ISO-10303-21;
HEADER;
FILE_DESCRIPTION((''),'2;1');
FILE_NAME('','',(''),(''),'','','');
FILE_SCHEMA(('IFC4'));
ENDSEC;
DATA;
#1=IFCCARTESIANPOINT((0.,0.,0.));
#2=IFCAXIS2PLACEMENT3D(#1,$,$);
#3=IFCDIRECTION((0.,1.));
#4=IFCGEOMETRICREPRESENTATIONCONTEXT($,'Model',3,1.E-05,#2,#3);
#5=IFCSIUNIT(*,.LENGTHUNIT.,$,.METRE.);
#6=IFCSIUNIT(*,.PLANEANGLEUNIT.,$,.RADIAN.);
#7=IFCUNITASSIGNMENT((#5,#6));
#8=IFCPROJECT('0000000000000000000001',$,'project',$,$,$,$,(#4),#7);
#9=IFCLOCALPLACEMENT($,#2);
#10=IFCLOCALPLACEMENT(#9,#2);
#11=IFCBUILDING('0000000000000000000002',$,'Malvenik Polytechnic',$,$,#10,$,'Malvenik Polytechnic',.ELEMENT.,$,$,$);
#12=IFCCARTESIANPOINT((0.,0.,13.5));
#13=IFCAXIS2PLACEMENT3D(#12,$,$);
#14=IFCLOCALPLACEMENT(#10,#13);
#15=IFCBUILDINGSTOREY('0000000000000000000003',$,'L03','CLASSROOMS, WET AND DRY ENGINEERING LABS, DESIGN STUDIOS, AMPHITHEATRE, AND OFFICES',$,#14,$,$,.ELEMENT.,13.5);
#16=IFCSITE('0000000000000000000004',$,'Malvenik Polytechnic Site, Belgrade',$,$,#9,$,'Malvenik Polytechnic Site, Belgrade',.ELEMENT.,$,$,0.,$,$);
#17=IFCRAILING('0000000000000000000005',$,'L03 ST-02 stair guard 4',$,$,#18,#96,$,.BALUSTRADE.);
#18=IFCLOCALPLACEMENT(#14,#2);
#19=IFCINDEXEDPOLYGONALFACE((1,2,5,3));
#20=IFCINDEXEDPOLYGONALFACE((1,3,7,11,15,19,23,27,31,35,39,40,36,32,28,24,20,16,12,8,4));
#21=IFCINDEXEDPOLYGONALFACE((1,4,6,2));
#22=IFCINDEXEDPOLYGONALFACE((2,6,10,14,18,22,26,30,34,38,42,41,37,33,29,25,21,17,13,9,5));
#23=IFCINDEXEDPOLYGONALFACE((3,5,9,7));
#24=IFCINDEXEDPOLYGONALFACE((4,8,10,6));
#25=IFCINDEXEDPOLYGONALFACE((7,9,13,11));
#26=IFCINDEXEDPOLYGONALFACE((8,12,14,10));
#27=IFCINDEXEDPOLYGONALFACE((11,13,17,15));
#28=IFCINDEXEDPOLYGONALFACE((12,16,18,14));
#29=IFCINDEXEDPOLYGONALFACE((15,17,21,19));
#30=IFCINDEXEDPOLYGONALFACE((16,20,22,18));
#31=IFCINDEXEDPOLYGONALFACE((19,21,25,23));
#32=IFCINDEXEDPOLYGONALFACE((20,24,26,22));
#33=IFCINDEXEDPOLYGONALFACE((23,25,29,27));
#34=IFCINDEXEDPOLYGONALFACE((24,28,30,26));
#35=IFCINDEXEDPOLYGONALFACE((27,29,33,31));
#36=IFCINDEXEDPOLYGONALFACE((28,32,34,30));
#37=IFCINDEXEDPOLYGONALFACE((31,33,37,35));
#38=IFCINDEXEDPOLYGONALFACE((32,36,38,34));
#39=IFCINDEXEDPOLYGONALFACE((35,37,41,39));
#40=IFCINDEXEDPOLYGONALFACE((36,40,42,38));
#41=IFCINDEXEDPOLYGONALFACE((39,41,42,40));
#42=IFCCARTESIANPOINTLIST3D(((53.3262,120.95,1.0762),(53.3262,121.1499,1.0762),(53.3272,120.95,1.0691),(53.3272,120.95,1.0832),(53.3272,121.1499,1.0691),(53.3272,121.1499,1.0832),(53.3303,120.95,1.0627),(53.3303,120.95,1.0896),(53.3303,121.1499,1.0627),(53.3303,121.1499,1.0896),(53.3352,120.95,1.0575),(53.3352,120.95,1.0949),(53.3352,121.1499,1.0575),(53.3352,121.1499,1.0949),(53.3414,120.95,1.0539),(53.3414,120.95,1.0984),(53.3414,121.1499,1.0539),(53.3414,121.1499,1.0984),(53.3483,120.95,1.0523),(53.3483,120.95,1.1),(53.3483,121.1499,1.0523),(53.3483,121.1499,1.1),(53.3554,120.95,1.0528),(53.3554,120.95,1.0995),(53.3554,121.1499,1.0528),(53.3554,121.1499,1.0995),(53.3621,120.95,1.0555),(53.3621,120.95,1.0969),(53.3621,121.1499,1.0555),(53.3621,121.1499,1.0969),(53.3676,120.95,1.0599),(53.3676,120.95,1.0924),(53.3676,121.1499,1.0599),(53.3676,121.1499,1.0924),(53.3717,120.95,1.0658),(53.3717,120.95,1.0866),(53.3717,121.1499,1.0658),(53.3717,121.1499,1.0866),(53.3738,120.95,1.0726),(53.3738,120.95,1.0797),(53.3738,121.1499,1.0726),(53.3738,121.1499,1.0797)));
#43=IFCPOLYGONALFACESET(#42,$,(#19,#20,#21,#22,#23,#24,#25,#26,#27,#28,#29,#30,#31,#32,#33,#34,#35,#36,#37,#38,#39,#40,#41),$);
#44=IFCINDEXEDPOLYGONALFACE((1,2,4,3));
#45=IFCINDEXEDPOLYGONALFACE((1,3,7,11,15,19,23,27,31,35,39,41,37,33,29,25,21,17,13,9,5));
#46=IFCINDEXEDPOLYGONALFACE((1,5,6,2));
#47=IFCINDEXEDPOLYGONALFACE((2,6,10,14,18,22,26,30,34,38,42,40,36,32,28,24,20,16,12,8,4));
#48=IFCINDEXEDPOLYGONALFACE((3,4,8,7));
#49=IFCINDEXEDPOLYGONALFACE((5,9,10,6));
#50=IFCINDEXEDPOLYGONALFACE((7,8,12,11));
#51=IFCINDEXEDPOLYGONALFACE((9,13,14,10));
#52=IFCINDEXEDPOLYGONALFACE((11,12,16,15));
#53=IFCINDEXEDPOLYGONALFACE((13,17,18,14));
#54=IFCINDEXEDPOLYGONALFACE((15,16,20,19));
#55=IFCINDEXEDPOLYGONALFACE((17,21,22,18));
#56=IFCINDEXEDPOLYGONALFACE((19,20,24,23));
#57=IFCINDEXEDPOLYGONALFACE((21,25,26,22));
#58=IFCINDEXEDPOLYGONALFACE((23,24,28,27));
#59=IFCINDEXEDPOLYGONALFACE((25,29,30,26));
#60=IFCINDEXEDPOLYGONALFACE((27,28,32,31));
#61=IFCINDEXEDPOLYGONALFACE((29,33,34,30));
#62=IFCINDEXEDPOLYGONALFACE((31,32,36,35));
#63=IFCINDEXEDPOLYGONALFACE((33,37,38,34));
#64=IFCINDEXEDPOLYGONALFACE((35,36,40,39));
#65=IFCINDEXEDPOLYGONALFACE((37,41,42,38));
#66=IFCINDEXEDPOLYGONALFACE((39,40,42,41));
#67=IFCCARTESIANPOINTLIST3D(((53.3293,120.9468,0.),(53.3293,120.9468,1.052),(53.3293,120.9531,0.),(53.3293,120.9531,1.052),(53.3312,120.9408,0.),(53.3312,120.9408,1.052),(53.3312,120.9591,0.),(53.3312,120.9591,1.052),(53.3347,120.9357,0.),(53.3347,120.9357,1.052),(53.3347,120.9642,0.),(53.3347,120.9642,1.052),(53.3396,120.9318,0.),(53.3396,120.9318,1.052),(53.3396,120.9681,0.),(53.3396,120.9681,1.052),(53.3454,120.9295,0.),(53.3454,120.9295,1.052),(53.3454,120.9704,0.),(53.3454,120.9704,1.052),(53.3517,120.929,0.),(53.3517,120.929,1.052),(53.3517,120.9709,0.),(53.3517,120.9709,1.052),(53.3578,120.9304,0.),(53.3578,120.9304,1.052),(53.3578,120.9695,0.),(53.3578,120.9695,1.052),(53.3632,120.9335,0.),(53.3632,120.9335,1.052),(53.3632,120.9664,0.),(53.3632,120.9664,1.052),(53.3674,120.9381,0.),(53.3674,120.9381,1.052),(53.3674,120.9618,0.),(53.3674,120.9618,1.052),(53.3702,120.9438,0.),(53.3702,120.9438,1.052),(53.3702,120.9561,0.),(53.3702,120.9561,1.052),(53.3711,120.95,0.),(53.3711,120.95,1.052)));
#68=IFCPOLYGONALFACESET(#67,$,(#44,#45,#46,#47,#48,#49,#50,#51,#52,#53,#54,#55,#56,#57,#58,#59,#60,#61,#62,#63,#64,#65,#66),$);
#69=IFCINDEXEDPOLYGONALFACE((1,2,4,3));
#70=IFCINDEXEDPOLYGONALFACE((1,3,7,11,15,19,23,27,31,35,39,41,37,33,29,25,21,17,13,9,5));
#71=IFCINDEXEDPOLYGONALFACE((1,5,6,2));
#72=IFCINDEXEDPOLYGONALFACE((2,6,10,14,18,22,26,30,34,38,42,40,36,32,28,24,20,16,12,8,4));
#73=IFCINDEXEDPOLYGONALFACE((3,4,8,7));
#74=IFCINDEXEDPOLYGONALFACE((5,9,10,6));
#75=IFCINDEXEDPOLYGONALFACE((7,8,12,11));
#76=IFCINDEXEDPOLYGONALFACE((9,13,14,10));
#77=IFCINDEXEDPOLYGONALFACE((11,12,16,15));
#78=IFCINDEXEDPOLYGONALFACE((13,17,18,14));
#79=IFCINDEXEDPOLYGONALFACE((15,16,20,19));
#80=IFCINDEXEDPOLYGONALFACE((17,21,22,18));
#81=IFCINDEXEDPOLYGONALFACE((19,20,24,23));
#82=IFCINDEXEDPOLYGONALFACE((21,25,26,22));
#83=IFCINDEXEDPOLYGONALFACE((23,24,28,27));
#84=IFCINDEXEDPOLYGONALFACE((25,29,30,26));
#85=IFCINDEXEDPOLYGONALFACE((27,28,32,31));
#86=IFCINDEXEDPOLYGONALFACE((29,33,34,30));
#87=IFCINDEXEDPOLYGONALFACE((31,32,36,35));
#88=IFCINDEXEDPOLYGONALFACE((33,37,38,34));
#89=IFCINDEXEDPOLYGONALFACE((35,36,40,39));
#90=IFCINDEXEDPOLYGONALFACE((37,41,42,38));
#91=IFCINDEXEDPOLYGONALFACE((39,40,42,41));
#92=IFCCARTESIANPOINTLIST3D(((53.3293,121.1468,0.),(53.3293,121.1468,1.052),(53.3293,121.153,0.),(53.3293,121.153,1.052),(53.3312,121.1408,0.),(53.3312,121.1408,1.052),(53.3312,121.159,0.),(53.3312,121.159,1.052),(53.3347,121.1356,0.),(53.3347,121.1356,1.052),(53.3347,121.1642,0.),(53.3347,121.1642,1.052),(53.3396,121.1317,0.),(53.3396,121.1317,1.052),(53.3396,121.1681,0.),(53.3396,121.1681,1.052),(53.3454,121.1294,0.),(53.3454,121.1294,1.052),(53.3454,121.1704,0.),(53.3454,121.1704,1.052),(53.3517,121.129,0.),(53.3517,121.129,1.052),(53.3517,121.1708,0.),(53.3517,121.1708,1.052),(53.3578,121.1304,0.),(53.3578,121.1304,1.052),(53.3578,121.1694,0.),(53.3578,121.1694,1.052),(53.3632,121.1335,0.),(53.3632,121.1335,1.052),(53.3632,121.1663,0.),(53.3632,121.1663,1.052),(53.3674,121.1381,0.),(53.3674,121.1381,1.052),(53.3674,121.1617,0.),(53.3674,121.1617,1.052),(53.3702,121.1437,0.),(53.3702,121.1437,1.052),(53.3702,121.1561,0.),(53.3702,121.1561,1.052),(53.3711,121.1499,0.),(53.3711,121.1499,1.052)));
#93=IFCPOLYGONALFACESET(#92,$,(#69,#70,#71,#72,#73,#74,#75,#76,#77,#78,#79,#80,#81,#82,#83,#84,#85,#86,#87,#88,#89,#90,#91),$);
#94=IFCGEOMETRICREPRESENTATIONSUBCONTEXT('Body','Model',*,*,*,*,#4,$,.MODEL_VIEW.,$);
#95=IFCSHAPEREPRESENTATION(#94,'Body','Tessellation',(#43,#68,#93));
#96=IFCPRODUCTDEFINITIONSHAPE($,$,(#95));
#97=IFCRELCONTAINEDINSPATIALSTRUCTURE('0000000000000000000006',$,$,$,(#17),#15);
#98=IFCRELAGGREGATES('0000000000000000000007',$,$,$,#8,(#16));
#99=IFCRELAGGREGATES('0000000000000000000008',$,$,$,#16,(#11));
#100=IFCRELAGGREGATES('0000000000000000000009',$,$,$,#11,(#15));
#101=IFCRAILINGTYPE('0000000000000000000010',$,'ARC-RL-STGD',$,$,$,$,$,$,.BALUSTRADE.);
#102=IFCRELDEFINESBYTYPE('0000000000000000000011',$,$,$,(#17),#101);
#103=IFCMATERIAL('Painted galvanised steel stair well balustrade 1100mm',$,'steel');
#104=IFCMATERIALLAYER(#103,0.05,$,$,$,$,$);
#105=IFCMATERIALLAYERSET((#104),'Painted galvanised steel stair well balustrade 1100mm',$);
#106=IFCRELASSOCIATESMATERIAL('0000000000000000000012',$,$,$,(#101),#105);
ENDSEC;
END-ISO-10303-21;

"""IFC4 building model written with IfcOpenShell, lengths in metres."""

from ifc_helpers import new_model, si_unit, direction, frame, origin, origin_2d, place, context, subcontext, project, spatial, circle, extrude, material, layer, layer_set, type_object, element, save


model = new_model("IFC4")

# Units and contexts
model_context = context("Model", 3, precision=1e-05, world=origin(), true_north=direction((0.0, 1.0)))
body_context = subcontext(model_context, "Body", "Model", "MODEL_VIEW")
ifc_project = project(units=[si_unit("LENGTHUNIT", "METRE"), si_unit("PLANEANGLEUNIT", "RADIAN")], contexts=[model_context])

# Site, building, storey
site_placement = place(None, origin())
site = spatial("IfcSite", under=ifc_project, at=site_placement, Name="Malvenik Polytechnic Site, Belgrade", LongName="Malvenik Polytechnic Site, Belgrade", CompositionType="ELEMENT", RefElevation=0.0)
building_placement = place(site_placement, origin())
building = spatial("IfcBuilding", under=site, at=building_placement, Name="Malvenik Polytechnic", LongName="Malvenik Polytechnic", CompositionType="ELEMENT")
storey_placement = place(building_placement, frame((0.0, 0.0, 13.5)))
storey = spatial("IfcBuildingStorey", under=building, at=storey_placement, Name="L03", Description="CLASSROOMS, WET AND DRY ENGINEERING LABS, DESIGN STUDIOS, AMPHITHEATRE, AND OFFICES", CompositionType="ELEMENT", Elevation=13.5)

# Railing
ifc_material_1 = material(Name="Painted galvanised steel stair well balustrade 1100mm", Category="steel")
ifc_layer_1 = layer(ifc_material_1, 0.05)
ifc_layer_set_1 = layer_set([ifc_layer_1], Name="Painted galvanised steel stair well balustrade 1100mm")
railing_type_1 = type_object("IfcRailingType", Name="ARC-RL-STGD", PredefinedType="BALUSTRADE", material=ifc_layer_set_1)
railing_1_placement = place(storey_placement, frame((53.3501, 120.95, 0.0)))
element("IfcRailing", 1, at=railing_1_placement, inside=storey, type_object=railing_type_1, Name="L03 ST-02 stair guard 4", PredefinedType="BALUSTRADE", context=body_context, shape_type="SweptSolid", body=[
    extrude(circle(Radius=0.0239, at=origin_2d()), frame((0.0, 0.0, 1.0762), z_axis=(0.0, 1.0, 0.0), x_axis=(-1.0, 0.0, 0.0)), (0.0, 0.0, 1.0), 0.2),
    extrude(circle(Radius=0.021, at=origin_2d()), origin(), (0.0, 0.0, 1.0), 1.052),
    extrude(circle(Radius=0.021, at=origin_2d()), frame((0.0, 0.2, 0.0)), (0.0, 0.0, 1.0), 1.052),
])

save(model, "model.ifc")
